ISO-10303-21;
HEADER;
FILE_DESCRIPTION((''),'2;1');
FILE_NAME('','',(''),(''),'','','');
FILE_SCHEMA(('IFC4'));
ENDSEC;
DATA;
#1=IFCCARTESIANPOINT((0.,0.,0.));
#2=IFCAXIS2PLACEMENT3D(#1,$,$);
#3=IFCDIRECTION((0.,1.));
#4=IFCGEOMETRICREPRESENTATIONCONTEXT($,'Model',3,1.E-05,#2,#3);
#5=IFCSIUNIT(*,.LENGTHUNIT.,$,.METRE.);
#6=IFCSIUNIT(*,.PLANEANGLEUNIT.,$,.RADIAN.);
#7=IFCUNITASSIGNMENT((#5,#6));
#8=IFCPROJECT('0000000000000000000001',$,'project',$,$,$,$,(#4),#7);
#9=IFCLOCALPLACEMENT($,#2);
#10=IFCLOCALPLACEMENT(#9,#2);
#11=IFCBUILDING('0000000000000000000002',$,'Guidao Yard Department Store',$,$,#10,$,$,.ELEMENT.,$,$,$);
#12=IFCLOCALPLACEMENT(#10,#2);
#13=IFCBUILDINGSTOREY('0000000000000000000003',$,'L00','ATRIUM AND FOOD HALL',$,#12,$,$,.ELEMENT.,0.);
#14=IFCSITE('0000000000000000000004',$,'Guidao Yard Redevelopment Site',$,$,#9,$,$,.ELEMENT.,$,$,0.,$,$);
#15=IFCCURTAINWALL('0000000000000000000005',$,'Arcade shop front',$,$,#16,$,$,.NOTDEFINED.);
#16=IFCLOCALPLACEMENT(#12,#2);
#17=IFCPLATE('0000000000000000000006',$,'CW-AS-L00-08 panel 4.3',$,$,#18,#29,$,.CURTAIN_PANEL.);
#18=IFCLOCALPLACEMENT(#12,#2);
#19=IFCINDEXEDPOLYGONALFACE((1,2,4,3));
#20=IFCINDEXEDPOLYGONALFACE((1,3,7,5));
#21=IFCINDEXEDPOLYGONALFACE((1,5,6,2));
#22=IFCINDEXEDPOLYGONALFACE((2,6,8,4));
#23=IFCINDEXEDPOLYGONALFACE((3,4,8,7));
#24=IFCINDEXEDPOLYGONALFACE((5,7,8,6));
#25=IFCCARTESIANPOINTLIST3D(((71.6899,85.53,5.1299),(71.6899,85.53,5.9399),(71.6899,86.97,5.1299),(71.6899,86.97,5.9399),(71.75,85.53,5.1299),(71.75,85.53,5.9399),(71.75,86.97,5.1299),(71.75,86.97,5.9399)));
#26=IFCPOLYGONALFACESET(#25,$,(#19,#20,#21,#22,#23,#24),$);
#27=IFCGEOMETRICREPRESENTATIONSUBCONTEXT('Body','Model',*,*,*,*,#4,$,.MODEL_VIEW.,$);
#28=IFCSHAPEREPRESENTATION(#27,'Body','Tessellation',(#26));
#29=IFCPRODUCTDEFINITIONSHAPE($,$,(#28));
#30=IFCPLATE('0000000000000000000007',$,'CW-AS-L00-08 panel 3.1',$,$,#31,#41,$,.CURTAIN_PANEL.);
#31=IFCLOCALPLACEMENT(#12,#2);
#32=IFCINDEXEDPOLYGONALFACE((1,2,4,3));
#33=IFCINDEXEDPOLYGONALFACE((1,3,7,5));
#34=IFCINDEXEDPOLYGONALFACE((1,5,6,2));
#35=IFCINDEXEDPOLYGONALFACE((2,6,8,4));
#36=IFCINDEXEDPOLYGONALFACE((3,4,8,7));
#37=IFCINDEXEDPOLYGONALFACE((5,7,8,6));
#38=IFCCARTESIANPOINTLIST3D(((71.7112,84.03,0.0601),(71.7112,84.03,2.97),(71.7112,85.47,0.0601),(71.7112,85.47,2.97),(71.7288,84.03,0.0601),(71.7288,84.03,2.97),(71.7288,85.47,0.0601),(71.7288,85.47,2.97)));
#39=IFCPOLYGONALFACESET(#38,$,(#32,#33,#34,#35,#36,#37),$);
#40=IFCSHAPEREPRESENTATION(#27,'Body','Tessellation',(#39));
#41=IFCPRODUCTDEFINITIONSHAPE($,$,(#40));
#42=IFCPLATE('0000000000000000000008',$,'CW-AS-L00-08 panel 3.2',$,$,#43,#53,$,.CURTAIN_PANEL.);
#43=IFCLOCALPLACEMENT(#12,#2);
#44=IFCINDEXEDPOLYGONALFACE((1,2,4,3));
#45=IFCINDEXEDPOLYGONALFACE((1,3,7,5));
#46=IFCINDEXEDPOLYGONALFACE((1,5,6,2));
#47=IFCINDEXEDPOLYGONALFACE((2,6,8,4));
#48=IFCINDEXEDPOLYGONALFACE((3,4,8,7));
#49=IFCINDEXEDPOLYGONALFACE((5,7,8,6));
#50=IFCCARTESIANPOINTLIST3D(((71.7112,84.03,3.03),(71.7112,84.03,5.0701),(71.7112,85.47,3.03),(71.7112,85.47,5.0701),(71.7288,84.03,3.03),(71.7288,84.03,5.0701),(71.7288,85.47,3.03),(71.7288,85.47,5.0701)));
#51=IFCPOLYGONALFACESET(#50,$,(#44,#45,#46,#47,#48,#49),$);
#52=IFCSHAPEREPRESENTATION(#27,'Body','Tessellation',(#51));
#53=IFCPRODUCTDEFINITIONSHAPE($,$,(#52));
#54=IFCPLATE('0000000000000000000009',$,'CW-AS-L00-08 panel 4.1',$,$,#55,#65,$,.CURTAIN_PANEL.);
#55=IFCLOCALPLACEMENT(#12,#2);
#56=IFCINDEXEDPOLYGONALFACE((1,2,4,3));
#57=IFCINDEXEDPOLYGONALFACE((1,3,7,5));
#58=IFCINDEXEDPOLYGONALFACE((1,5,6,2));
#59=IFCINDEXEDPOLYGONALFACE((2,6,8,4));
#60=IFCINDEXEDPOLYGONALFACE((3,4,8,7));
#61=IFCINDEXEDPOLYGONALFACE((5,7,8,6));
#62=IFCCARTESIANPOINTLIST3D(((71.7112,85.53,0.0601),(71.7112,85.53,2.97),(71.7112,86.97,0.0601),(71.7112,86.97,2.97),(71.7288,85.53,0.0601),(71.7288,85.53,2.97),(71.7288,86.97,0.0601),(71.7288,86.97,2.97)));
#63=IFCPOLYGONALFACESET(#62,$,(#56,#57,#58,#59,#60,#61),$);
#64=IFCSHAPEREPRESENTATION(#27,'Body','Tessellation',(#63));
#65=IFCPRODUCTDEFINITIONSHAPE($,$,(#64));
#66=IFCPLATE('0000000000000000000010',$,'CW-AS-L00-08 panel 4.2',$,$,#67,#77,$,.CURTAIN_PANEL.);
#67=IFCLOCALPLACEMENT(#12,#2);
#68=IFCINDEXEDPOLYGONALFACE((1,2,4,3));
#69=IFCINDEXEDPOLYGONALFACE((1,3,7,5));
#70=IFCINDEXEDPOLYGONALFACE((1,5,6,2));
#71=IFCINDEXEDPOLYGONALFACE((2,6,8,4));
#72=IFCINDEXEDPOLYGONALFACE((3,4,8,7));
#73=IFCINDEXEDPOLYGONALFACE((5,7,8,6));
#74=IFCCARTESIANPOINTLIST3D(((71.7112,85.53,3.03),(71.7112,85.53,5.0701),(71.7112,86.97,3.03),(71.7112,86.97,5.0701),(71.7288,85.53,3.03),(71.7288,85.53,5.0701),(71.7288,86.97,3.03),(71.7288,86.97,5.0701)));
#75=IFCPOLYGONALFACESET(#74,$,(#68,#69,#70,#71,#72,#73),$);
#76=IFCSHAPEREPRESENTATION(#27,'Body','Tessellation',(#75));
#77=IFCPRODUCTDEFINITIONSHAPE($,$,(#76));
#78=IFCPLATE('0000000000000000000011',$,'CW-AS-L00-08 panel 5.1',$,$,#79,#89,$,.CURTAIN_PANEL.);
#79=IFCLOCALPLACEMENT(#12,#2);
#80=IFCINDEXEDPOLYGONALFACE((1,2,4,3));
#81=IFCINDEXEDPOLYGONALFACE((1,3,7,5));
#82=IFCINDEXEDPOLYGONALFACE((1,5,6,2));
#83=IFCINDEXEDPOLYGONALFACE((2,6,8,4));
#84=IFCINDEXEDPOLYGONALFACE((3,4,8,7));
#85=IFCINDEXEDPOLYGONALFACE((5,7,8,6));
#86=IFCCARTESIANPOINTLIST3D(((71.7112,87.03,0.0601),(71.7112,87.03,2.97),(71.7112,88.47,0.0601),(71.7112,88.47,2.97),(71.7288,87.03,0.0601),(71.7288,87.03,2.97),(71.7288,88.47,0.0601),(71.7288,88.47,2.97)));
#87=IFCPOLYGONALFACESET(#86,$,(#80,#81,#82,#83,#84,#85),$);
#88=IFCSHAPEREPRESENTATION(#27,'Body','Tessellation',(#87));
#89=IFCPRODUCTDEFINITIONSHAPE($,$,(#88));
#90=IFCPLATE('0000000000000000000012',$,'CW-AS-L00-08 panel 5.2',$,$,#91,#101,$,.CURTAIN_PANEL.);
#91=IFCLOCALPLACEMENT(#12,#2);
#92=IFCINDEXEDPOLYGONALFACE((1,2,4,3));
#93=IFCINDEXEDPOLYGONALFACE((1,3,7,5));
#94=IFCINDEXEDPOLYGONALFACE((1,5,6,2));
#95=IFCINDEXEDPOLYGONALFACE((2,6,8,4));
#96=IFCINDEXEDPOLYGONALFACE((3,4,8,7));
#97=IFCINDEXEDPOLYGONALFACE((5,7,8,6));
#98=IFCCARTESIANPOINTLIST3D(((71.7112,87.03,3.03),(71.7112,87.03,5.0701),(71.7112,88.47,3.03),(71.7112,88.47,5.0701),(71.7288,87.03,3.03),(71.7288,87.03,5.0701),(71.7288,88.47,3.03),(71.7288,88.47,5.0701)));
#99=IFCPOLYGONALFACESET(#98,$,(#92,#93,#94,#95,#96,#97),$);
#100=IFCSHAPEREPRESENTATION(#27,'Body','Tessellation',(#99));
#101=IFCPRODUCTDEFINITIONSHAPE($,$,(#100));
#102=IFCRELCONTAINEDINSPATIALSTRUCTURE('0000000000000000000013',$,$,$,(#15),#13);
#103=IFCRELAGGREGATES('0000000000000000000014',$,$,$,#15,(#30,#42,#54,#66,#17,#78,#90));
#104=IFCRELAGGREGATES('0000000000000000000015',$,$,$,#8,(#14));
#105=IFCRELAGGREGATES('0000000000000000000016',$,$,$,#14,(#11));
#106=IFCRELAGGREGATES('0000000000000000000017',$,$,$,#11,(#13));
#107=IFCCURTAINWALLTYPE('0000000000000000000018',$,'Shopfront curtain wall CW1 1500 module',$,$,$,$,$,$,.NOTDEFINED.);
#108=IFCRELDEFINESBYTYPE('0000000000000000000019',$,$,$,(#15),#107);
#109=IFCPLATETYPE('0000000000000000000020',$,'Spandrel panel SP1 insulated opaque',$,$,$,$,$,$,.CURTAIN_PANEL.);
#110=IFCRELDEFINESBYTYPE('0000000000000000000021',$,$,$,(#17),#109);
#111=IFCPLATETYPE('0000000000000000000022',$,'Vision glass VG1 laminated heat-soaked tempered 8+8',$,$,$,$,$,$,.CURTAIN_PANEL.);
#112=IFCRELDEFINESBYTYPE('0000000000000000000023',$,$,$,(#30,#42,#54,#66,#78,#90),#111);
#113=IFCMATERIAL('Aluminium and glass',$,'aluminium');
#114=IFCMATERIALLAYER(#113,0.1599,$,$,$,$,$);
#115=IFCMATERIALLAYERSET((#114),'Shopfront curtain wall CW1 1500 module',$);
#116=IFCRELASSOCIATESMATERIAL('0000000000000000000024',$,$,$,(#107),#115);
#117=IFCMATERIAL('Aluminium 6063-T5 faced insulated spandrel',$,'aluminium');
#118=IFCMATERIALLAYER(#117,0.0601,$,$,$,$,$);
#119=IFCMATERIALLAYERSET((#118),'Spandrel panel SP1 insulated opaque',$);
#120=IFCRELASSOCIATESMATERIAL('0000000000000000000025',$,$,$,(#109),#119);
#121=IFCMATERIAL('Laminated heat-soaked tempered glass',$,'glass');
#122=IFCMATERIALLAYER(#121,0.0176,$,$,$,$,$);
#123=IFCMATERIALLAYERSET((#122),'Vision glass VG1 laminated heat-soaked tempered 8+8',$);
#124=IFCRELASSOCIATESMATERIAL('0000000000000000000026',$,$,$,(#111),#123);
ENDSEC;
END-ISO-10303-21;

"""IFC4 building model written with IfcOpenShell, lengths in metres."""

from ifc_helpers import new_model, si_unit, direction, frame, origin, origin_2d, place, context, subcontext, project, spatial, rectangle, extrude, material, layer, layer_set, type_object, element, aggregate, save


model = new_model("IFC4")

# Units and contexts
model_context = context("Model", 3, precision=1e-05, world=origin(), true_north=direction((0.0, 1.0)))
body_context = subcontext(model_context, "Body", "Model", "MODEL_VIEW")
ifc_project = project(units=[si_unit("LENGTHUNIT", "METRE"), si_unit("PLANEANGLEUNIT", "RADIAN")], contexts=[model_context])

# Site, building, storey
site_placement = place(None, origin())
site = spatial("IfcSite", under=ifc_project, at=site_placement, Name="Guidao Yard Redevelopment Site", CompositionType="ELEMENT", RefElevation=0.0)
building_placement = place(site_placement, origin())
building = spatial("IfcBuilding", under=site, at=building_placement, Name="Guidao Yard Department Store", CompositionType="ELEMENT")
storey_placement = place(building_placement, origin())
storey = spatial("IfcBuildingStorey", under=building, at=storey_placement, Name="L00", Description="ATRIUM AND FOOD HALL", CompositionType="ELEMENT", Elevation=0.0)

# Curtain wall, plates
ifc_material_1 = material(Name="Aluminium and glass", Category="aluminium")
ifc_layer_1 = layer(ifc_material_1, 0.1599)
ifc_layer_set_1 = layer_set([ifc_layer_1], Name="Shopfront curtain wall CW1 1500 module")
curtain_wall_type = type_object("IfcCurtainWallType", Name="Shopfront curtain wall CW1 1500 module", PredefinedType="NOTDEFINED", material=ifc_layer_set_1)
curtain_wall_placement = place(storey_placement, origin())
curtain_wall = element("IfcCurtainWall", 1, at=curtain_wall_placement, inside=storey, type_object=curtain_wall_type, Name="Arcade shop front", PredefinedType="NOTDEFINED")
ifc_material_2 = material(Name="Aluminium 6063-T5 faced insulated spandrel", Category="aluminium")
ifc_layer_2 = layer(ifc_material_2, 0.0601)
ifc_layer_set_2 = layer_set([ifc_layer_2], Name="Spandrel panel SP1 insulated opaque")
plate_type_1 = type_object("IfcPlateType", Name="Spandrel panel SP1 insulated opaque", PredefinedType="CURTAIN_PANEL", material=ifc_layer_set_2)
plate_1_placement = place(storey_placement, frame((71.72, 86.25, 5.1299), z_axis=(0.0, 0.0, 1.0), x_axis=(0.0, 1.0, 0.0)))
plate_1 = element("IfcPlate", 2, at=plate_1_placement, type_object=plate_type_1, Name="CW-AS-L00-08 panel 4.3", PredefinedType="CURTAIN_PANEL", context=body_context, shape_type="SweptSolid", body=[
    extrude(rectangle(XDim=1.4399, YDim=0.0601, at=origin_2d()), origin(), (0.0, 0.0, 1.0), 0.8101),
])
ifc_material_3 = material(Name="Laminated heat-soaked tempered glass", Category="glass")
ifc_layer_3 = layer(ifc_material_3, 0.0176)
ifc_layer_set_3 = layer_set([ifc_layer_3], Name="Vision glass VG1 laminated heat-soaked tempered 8+8")
plate_type_2 = type_object("IfcPlateType", Name="Vision glass VG1 laminated heat-soaked tempered 8+8", PredefinedType="CURTAIN_PANEL", material=ifc_layer_set_3)
plate_2_placement = place(storey_placement, frame((71.72, 84.75, 0.0601), z_axis=(0.0, 0.0, 1.0), x_axis=(0.0, 1.0, 0.0)))
plate_2 = element("IfcPlate", 3, at=plate_2_placement, type_object=plate_type_2, Name="CW-AS-L00-08 panel 3.1", PredefinedType="CURTAIN_PANEL", context=body_context, shape_type="SweptSolid", body=[
    extrude(rectangle(XDim=1.4399, YDim=0.0176, at=origin_2d()), origin(), (0.0, 0.0, 1.0), 2.9099),
])
plate_3_placement = place(storey_placement, frame((71.72, 84.75, 3.03), z_axis=(0.0, 0.0, 1.0), x_axis=(0.0, 1.0, 0.0)))
plate_3 = element("IfcPlate", 4, at=plate_3_placement, type_object=plate_type_2, Name="CW-AS-L00-08 panel 3.2", PredefinedType="CURTAIN_PANEL", context=body_context, shape_type="SweptSolid", body=[
    extrude(rectangle(XDim=1.4399, YDim=0.0176, at=origin_2d()), origin(), (0.0, 0.0, 1.0), 2.04),
])
plate_4_placement = place(storey_placement, frame((71.72, 86.25, 0.0601), z_axis=(0.0, 0.0, 1.0), x_axis=(0.0, 1.0, 0.0)))
plate_4 = element("IfcPlate", 5, at=plate_4_placement, type_object=plate_type_2, Name="CW-AS-L00-08 panel 4.1", PredefinedType="CURTAIN_PANEL", context=body_context, shape_type="SweptSolid", body=[
    extrude(rectangle(XDim=1.4399, YDim=0.0176, at=origin_2d()), origin(), (0.0, 0.0, 1.0), 2.9099),
])
plate_5_placement = place(storey_placement, frame((71.72, 86.25, 3.03), z_axis=(0.0, 0.0, 1.0), x_axis=(0.0, 1.0, 0.0)))
plate_5 = element("IfcPlate", 6, at=plate_5_placement, type_object=plate_type_2, Name="CW-AS-L00-08 panel 4.2", PredefinedType="CURTAIN_PANEL", context=body_context, shape_type="SweptSolid", body=[
    extrude(rectangle(XDim=1.4399, YDim=0.0176, at=origin_2d()), origin(), (0.0, 0.0, 1.0), 2.04),
])
plate_6_placement = place(storey_placement, frame((71.72, 87.75, 0.0601), z_axis=(0.0, 0.0, 1.0), x_axis=(0.0, 1.0, 0.0)))
plate_6 = element("IfcPlate", 7, at=plate_6_placement, type_object=plate_type_2, Name="CW-AS-L00-08 panel 5.1", PredefinedType="CURTAIN_PANEL", context=body_context, shape_type="SweptSolid", body=[
    extrude(rectangle(XDim=1.4399, YDim=0.0176, at=origin_2d()), origin(), (0.0, 0.0, 1.0), 2.9099),
])
plate_7_placement = place(storey_placement, frame((71.72, 87.75, 3.03), z_axis=(0.0, 0.0, 1.0), x_axis=(0.0, 1.0, 0.0)))
plate_7 = element("IfcPlate", 8, at=plate_7_placement, type_object=plate_type_2, Name="CW-AS-L00-08 panel 5.2", PredefinedType="CURTAIN_PANEL", context=body_context, shape_type="SweptSolid", body=[
    extrude(rectangle(XDim=1.4399, YDim=0.0176, at=origin_2d()), origin(), (0.0, 0.0, 1.0), 2.04),
])
aggregate(curtain_wall, [plate_2, plate_3, plate_4, plate_5, plate_1, plate_6, plate_7])

save(model, "model.ifc")
